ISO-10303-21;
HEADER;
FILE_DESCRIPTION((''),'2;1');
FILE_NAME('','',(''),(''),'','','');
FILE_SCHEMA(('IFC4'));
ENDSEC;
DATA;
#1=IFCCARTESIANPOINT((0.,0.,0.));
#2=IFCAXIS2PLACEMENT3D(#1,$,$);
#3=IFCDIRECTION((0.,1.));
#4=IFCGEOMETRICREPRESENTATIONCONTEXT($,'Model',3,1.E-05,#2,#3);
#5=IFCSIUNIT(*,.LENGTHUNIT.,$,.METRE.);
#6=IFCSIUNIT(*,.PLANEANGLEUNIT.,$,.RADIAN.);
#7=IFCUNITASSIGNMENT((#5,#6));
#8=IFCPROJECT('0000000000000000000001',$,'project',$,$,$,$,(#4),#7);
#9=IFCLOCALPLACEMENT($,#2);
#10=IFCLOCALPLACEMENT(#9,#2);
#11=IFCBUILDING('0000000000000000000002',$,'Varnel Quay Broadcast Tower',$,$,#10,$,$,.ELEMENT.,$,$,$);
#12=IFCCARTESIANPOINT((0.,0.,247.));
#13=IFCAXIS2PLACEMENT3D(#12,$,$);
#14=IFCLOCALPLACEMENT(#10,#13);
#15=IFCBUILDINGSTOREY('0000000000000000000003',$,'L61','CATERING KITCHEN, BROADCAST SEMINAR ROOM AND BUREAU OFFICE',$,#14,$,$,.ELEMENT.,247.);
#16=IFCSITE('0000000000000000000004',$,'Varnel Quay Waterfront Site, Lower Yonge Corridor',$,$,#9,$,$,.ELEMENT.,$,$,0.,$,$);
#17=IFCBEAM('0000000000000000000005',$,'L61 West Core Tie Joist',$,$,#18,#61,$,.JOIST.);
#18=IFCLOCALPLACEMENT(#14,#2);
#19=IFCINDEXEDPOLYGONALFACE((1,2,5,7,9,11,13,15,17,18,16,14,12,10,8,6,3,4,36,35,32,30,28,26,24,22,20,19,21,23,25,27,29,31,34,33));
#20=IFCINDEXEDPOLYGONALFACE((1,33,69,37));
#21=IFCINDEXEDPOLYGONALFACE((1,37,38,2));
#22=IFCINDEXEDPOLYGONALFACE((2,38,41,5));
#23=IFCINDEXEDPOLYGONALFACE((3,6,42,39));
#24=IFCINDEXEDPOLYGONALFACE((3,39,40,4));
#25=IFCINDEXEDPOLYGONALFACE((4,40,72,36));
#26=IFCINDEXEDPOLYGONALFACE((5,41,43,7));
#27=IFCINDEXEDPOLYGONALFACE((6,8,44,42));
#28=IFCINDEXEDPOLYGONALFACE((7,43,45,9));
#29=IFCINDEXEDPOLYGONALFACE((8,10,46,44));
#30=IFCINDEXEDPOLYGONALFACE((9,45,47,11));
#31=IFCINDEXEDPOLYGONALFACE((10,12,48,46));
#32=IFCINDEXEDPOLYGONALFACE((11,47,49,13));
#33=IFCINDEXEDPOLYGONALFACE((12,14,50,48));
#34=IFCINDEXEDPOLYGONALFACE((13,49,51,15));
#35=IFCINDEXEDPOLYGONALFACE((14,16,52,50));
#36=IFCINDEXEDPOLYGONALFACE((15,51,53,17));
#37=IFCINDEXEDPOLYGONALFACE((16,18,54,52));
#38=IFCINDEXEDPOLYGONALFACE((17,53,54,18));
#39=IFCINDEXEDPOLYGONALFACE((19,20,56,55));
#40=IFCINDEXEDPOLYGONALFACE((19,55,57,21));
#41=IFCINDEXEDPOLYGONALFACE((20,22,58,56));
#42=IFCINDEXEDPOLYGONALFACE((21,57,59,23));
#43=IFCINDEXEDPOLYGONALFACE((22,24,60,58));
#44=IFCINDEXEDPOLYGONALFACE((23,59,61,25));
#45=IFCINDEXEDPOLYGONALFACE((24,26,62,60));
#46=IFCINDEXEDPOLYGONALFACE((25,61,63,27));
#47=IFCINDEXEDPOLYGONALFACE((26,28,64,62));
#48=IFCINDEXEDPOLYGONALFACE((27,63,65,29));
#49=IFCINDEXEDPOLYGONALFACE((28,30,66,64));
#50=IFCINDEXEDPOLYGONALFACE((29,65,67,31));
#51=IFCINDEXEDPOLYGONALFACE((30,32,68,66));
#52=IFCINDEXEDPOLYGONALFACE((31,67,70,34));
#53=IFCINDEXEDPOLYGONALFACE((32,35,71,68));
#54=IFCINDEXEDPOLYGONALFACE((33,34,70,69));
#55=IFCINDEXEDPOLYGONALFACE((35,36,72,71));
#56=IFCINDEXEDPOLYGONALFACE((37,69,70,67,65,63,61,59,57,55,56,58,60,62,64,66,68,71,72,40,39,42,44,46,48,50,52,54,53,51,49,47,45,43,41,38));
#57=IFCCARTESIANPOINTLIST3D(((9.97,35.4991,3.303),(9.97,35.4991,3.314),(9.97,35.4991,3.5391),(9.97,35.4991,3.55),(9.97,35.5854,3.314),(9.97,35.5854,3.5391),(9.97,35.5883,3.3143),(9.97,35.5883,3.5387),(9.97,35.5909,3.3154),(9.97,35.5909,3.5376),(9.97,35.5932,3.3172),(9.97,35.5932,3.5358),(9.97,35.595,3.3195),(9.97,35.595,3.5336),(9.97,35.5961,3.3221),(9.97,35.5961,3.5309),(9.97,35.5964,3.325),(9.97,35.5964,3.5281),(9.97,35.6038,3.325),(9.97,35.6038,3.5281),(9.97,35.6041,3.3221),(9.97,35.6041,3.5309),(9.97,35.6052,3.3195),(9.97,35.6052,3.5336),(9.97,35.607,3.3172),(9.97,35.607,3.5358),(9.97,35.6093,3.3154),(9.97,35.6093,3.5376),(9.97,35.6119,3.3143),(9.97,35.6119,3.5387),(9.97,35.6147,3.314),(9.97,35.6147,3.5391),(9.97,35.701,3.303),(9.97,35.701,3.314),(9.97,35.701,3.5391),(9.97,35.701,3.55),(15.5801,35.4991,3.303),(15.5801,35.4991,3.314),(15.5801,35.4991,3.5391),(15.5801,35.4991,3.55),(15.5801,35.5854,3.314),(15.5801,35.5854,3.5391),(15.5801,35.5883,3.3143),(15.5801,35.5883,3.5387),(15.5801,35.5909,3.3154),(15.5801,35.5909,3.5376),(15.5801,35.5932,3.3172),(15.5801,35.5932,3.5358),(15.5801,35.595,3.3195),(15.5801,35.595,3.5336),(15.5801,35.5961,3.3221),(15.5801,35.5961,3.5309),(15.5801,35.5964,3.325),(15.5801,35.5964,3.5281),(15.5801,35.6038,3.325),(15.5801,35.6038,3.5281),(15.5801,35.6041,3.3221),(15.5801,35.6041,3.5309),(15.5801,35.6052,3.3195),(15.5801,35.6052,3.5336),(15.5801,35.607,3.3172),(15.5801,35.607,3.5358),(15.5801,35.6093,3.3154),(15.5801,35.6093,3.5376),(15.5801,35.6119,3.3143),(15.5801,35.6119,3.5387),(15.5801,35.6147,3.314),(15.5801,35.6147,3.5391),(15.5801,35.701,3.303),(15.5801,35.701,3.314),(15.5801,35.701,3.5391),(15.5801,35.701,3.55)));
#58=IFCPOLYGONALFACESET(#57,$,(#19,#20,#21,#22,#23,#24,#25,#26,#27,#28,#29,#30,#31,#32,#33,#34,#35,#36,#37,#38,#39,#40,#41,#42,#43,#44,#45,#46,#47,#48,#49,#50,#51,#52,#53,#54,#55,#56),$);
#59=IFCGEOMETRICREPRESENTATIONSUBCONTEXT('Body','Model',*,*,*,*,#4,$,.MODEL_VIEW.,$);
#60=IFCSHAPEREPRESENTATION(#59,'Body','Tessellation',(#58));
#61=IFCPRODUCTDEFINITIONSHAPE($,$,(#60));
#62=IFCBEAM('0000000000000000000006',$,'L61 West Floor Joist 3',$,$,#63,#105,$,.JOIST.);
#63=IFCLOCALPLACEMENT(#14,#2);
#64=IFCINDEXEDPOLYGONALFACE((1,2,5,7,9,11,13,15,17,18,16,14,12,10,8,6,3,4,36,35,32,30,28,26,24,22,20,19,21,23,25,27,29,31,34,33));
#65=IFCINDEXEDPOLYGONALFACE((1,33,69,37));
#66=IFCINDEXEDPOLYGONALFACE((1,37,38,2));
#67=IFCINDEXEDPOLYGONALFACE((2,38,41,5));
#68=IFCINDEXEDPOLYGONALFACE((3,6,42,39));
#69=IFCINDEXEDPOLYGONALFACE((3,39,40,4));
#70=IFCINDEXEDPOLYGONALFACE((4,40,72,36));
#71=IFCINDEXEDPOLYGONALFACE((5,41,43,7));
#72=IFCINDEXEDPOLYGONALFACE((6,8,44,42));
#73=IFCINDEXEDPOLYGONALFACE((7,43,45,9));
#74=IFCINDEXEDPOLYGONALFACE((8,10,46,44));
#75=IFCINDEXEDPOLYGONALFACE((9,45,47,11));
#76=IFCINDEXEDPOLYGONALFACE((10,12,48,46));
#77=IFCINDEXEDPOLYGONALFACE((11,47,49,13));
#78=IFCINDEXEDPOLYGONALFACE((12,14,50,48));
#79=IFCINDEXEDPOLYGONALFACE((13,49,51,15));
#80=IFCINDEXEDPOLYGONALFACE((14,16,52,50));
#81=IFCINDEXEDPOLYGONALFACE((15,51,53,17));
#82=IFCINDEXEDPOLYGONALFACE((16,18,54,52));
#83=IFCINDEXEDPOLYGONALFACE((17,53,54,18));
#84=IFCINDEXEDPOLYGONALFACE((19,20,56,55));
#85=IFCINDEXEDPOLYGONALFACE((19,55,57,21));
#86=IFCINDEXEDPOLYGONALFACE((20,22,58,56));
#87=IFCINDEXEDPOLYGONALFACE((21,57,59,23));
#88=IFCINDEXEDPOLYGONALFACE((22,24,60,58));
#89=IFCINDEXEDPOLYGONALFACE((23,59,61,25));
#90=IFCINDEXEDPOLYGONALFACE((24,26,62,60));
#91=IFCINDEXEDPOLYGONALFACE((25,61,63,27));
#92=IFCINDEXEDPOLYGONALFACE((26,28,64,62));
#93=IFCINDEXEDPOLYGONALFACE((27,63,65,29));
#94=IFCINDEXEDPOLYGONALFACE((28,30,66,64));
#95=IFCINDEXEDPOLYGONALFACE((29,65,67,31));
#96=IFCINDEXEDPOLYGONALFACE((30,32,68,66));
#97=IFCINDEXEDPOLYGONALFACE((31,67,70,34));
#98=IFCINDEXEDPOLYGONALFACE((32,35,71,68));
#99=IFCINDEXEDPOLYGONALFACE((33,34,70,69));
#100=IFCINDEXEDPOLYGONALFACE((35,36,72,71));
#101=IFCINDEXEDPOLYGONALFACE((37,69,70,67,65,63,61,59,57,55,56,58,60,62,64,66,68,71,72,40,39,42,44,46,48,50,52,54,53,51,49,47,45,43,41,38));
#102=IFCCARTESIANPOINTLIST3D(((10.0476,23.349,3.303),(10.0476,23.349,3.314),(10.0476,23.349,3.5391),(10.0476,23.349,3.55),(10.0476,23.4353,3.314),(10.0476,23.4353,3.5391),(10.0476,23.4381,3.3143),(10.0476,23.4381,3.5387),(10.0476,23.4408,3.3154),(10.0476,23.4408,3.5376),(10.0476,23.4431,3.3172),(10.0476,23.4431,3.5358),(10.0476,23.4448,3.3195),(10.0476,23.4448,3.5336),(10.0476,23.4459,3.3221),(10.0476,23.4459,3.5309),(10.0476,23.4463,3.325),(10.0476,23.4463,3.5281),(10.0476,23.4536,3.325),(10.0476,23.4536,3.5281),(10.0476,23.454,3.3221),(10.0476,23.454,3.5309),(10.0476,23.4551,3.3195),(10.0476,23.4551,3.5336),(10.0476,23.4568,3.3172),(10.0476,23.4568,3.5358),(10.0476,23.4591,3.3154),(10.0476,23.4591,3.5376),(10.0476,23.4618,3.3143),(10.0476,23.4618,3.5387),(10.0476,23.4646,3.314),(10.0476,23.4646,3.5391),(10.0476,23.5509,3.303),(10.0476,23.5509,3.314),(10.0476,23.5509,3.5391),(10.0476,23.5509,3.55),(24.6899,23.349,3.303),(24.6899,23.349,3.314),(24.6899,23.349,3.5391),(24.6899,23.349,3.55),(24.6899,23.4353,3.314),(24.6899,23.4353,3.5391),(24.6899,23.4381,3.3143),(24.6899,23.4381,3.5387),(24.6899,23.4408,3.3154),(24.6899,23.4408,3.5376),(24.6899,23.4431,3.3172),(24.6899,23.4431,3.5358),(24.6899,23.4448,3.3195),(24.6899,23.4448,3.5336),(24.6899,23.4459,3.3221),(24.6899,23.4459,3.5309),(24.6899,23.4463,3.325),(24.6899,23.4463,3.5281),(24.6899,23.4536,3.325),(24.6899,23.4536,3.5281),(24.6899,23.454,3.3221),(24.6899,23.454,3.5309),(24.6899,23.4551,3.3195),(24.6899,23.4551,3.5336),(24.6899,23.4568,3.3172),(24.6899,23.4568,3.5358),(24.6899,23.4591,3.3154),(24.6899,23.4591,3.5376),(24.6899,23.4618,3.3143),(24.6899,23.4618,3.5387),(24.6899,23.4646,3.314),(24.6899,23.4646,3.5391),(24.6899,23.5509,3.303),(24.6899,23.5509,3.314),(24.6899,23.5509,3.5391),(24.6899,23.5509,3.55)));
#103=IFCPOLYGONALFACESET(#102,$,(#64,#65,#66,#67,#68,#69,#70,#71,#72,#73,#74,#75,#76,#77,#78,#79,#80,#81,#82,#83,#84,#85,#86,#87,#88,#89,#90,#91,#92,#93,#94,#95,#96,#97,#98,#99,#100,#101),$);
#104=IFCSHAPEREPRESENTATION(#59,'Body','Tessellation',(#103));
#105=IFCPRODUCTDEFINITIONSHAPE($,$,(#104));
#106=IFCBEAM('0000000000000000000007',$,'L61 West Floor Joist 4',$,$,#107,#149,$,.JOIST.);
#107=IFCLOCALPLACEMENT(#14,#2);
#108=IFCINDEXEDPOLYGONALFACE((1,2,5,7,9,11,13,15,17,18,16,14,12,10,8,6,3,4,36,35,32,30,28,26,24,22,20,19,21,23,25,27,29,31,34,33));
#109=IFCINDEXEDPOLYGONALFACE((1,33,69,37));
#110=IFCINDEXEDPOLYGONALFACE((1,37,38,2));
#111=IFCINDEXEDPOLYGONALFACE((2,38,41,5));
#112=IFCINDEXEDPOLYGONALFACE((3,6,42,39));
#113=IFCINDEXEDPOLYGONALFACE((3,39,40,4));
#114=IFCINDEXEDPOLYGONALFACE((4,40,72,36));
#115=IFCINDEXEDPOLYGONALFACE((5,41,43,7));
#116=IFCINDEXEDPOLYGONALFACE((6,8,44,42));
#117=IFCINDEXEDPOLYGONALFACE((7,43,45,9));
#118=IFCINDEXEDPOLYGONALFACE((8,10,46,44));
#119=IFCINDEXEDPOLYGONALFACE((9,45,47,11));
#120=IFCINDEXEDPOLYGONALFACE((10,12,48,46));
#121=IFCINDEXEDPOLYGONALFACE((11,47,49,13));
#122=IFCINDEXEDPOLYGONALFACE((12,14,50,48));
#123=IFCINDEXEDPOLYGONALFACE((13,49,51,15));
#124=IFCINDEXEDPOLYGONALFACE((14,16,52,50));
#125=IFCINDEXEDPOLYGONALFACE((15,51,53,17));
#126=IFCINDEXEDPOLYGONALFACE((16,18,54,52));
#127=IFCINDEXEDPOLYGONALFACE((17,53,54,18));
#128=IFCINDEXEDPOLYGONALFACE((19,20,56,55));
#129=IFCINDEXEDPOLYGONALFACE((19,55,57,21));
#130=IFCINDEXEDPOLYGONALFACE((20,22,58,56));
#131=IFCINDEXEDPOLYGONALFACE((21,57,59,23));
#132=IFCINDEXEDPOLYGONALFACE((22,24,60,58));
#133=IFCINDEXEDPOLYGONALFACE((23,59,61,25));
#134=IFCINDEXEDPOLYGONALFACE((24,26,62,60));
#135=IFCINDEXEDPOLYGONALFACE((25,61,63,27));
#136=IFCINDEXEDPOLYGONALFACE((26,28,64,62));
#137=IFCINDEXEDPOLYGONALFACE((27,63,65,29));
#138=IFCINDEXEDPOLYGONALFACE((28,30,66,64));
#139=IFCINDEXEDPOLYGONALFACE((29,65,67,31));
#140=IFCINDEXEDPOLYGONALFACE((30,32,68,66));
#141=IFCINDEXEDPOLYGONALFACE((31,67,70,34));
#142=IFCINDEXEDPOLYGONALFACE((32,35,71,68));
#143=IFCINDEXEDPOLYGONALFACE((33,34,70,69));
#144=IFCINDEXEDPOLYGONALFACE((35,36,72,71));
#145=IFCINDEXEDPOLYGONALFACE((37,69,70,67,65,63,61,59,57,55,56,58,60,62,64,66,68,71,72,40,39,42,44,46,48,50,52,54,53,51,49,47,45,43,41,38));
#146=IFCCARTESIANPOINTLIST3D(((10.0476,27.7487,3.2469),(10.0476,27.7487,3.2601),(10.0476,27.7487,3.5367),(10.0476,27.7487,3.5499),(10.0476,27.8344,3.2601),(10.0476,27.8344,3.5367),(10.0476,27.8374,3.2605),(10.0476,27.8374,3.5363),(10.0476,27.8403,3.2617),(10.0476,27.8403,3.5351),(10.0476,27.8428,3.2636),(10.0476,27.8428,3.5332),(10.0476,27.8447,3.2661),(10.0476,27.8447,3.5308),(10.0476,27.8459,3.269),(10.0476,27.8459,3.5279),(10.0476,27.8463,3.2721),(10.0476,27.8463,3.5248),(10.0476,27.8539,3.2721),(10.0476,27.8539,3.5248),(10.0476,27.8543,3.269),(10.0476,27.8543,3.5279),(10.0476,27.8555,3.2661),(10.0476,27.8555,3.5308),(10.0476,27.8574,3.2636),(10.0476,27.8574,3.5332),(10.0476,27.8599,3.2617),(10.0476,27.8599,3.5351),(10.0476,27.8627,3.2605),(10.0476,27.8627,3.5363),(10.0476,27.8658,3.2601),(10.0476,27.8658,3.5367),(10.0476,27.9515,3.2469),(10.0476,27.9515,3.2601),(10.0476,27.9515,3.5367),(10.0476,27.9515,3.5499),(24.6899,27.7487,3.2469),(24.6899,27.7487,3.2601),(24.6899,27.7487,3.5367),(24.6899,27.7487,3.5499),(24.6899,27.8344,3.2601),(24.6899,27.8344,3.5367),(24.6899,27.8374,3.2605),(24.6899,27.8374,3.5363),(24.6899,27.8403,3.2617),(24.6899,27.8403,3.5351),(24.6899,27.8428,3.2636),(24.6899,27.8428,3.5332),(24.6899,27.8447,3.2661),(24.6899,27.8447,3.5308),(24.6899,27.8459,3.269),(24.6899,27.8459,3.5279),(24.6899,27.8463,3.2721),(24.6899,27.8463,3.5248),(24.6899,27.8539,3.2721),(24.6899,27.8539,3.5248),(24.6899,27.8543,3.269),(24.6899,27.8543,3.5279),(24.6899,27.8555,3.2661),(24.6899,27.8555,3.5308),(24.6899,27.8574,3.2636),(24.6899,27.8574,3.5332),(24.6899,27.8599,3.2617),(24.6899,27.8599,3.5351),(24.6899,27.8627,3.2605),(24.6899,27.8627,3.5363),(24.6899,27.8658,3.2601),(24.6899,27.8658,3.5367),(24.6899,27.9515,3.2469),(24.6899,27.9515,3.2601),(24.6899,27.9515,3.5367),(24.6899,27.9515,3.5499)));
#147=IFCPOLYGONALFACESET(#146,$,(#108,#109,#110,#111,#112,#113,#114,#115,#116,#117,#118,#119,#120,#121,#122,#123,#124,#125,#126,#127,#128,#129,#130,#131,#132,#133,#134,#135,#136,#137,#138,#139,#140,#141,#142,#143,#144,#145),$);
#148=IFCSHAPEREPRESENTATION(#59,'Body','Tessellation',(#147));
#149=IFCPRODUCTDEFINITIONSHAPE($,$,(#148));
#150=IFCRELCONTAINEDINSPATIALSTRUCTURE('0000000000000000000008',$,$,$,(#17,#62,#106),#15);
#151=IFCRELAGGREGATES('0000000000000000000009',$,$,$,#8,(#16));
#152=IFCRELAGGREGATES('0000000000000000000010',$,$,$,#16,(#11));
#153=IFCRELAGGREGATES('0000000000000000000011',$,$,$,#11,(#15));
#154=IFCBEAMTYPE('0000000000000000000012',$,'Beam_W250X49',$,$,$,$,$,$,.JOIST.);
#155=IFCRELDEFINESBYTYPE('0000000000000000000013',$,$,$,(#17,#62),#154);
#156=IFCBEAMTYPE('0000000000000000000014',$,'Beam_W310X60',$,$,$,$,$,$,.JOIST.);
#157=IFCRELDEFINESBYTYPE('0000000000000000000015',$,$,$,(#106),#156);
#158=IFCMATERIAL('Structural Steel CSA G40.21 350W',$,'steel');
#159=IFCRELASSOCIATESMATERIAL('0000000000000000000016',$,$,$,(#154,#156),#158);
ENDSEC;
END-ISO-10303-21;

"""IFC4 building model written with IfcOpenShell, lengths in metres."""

from ifc_helpers import new_model, si_unit, direction, frame, origin, origin_2d, place, context, subcontext, project, spatial, i_section, extrude, source, transform, mapped, material, material_profile, profile_set, type_object, type_shapes, element, save


model = new_model("IFC4")

# Units and contexts
model_context = context("Model", 3, precision=1e-05, world=origin(), true_north=direction((0.0, 1.0)))
body_context = subcontext(model_context, "Body", "Model", "MODEL_VIEW")
ifc_project = project(units=[si_unit("LENGTHUNIT", "METRE"), si_unit("PLANEANGLEUNIT", "RADIAN")], contexts=[model_context])

# Site, building, storey
site_placement = place(None, origin())
site = spatial("IfcSite", under=ifc_project, at=site_placement, Name="Varnel Quay Waterfront Site, Lower Yonge Corridor", CompositionType="ELEMENT", RefElevation=0.0)
building_placement = place(site_placement, origin())
building = spatial("IfcBuilding", under=site, at=building_placement, Name="Varnel Quay Broadcast Tower", CompositionType="ELEMENT")
storey_placement = place(building_placement, frame((0.0, 0.0, 247.0)))
storey = spatial("IfcBuildingStorey", under=building, at=storey_placement, Name="L61", Description="CATERING KITCHEN, BROADCAST SEMINAR ROOM AND BUREAU OFFICE", CompositionType="ELEMENT", Elevation=247.0)

# Shared definitions
ifc_material_1 = material(Name="Structural Steel CSA G40.21 350W", Category="steel")

# Beams
ifc_material_profile_1 = material_profile(ifc_material_1, i_section(OverallWidth=0.2019, OverallDepth=0.2471, WebThickness=0.0073, FlangeThickness=0.011, FilletRadius=0.011, at=origin_2d()), Name="W250X49")
ifc_profile_set_1 = profile_set([ifc_material_profile_1], Name="Structural Steel CSA G40.21 350W")
beam_type_1 = type_object("IfcBeamType", Name="Beam_W250X49", PredefinedType="JOIST", material=ifc_profile_set_1)
shared_shape_1 = source(origin(), body_context, "Body", "SweptSolid", [
    extrude(i_section(OverallWidth=0.2019, OverallDepth=0.2471, WebThickness=0.0073, FlangeThickness=0.011, FilletRadius=0.011, at=origin_2d()), origin(), (0.0, 0.0, 1.0), 5.6101),
])
beam_1_placement = place(storey_placement, frame((9.97, 35.6001, 3.4265), z_axis=(1.0, 0.0, 0.0), x_axis=(0.0, 1.0, 0.0)))
element("IfcBeam", 1, at=beam_1_placement, inside=storey, type_object=beam_type_1, Name="L61 West Core Tie Joist", PredefinedType="JOIST", context=body_context, shape_type="MappedRepresentation", body=[
    mapped(shared_shape_1, transform((0.0, 0.0, 0.0), x_axis=(1.0, 0.0, 0.0), y_axis=(0.0, 1.0, 0.0), z_axis=(0.0, 0.0, 1.0), scale=1.0)),
])
shared_shape_2 = source(origin(), body_context, "Body", "SweptSolid", [
    extrude(i_section(OverallWidth=0.2019, OverallDepth=0.2471, WebThickness=0.0073, FlangeThickness=0.011, FilletRadius=0.011, at=origin_2d()), origin(), (0.0, 0.0, 1.0), 14.6423),
])
type_shapes(beam_type_1, [shared_shape_1, shared_shape_2])
beam_2_placement = place(storey_placement, frame((10.0476, 23.45, 3.4265), z_axis=(1.0, 0.0, 0.0), x_axis=(0.0, 1.0, 0.0)))
element("IfcBeam", 2, at=beam_2_placement, inside=storey, type_object=beam_type_1, Name="L61 West Floor Joist 3", PredefinedType="JOIST", context=body_context, shape_type="MappedRepresentation", body=[
    mapped(shared_shape_2, transform((0.0, 0.0, 0.0), x_axis=(1.0, 0.0, 0.0), y_axis=(0.0, 1.0, 0.0), z_axis=(0.0, 0.0, 1.0), scale=1.0)),
])
ifc_material_profile_2 = material_profile(ifc_material_1, i_section(OverallWidth=0.2029, OverallDepth=0.303, WebThickness=0.0076, FlangeThickness=0.0132, FilletRadius=0.012, at=origin_2d()), Name="W310X60")
ifc_profile_set_2 = profile_set([ifc_material_profile_2], Name="Structural Steel CSA G40.21 350W")
beam_type_2 = type_object("IfcBeamType", Name="Beam_W310X60", PredefinedType="JOIST", material=ifc_profile_set_2)
shared_shape_3 = source(origin(), body_context, "Body", "SweptSolid", [
    extrude(i_section(OverallWidth=0.2029, OverallDepth=0.303, WebThickness=0.0076, FlangeThickness=0.0132, FilletRadius=0.012, at=origin_2d()), origin(), (0.0, 0.0, 1.0), 14.6423),
])
beam_3_placement = place(storey_placement, frame((10.0476, 27.8501, 3.3984), z_axis=(1.0, 0.0, 0.0), x_axis=(0.0, 1.0, 0.0)))
element("IfcBeam", 3, at=beam_3_placement, inside=storey, type_object=beam_type_2, Name="L61 West Floor Joist 4", PredefinedType="JOIST", context=body_context, shape_type="MappedRepresentation", body=[
    mapped(shared_shape_3, transform((0.0, 0.0, 0.0), x_axis=(1.0, 0.0, 0.0), y_axis=(0.0, 1.0, 0.0), z_axis=(0.0, 0.0, 1.0), scale=1.0)),
])

save(model, "model.ifc")
